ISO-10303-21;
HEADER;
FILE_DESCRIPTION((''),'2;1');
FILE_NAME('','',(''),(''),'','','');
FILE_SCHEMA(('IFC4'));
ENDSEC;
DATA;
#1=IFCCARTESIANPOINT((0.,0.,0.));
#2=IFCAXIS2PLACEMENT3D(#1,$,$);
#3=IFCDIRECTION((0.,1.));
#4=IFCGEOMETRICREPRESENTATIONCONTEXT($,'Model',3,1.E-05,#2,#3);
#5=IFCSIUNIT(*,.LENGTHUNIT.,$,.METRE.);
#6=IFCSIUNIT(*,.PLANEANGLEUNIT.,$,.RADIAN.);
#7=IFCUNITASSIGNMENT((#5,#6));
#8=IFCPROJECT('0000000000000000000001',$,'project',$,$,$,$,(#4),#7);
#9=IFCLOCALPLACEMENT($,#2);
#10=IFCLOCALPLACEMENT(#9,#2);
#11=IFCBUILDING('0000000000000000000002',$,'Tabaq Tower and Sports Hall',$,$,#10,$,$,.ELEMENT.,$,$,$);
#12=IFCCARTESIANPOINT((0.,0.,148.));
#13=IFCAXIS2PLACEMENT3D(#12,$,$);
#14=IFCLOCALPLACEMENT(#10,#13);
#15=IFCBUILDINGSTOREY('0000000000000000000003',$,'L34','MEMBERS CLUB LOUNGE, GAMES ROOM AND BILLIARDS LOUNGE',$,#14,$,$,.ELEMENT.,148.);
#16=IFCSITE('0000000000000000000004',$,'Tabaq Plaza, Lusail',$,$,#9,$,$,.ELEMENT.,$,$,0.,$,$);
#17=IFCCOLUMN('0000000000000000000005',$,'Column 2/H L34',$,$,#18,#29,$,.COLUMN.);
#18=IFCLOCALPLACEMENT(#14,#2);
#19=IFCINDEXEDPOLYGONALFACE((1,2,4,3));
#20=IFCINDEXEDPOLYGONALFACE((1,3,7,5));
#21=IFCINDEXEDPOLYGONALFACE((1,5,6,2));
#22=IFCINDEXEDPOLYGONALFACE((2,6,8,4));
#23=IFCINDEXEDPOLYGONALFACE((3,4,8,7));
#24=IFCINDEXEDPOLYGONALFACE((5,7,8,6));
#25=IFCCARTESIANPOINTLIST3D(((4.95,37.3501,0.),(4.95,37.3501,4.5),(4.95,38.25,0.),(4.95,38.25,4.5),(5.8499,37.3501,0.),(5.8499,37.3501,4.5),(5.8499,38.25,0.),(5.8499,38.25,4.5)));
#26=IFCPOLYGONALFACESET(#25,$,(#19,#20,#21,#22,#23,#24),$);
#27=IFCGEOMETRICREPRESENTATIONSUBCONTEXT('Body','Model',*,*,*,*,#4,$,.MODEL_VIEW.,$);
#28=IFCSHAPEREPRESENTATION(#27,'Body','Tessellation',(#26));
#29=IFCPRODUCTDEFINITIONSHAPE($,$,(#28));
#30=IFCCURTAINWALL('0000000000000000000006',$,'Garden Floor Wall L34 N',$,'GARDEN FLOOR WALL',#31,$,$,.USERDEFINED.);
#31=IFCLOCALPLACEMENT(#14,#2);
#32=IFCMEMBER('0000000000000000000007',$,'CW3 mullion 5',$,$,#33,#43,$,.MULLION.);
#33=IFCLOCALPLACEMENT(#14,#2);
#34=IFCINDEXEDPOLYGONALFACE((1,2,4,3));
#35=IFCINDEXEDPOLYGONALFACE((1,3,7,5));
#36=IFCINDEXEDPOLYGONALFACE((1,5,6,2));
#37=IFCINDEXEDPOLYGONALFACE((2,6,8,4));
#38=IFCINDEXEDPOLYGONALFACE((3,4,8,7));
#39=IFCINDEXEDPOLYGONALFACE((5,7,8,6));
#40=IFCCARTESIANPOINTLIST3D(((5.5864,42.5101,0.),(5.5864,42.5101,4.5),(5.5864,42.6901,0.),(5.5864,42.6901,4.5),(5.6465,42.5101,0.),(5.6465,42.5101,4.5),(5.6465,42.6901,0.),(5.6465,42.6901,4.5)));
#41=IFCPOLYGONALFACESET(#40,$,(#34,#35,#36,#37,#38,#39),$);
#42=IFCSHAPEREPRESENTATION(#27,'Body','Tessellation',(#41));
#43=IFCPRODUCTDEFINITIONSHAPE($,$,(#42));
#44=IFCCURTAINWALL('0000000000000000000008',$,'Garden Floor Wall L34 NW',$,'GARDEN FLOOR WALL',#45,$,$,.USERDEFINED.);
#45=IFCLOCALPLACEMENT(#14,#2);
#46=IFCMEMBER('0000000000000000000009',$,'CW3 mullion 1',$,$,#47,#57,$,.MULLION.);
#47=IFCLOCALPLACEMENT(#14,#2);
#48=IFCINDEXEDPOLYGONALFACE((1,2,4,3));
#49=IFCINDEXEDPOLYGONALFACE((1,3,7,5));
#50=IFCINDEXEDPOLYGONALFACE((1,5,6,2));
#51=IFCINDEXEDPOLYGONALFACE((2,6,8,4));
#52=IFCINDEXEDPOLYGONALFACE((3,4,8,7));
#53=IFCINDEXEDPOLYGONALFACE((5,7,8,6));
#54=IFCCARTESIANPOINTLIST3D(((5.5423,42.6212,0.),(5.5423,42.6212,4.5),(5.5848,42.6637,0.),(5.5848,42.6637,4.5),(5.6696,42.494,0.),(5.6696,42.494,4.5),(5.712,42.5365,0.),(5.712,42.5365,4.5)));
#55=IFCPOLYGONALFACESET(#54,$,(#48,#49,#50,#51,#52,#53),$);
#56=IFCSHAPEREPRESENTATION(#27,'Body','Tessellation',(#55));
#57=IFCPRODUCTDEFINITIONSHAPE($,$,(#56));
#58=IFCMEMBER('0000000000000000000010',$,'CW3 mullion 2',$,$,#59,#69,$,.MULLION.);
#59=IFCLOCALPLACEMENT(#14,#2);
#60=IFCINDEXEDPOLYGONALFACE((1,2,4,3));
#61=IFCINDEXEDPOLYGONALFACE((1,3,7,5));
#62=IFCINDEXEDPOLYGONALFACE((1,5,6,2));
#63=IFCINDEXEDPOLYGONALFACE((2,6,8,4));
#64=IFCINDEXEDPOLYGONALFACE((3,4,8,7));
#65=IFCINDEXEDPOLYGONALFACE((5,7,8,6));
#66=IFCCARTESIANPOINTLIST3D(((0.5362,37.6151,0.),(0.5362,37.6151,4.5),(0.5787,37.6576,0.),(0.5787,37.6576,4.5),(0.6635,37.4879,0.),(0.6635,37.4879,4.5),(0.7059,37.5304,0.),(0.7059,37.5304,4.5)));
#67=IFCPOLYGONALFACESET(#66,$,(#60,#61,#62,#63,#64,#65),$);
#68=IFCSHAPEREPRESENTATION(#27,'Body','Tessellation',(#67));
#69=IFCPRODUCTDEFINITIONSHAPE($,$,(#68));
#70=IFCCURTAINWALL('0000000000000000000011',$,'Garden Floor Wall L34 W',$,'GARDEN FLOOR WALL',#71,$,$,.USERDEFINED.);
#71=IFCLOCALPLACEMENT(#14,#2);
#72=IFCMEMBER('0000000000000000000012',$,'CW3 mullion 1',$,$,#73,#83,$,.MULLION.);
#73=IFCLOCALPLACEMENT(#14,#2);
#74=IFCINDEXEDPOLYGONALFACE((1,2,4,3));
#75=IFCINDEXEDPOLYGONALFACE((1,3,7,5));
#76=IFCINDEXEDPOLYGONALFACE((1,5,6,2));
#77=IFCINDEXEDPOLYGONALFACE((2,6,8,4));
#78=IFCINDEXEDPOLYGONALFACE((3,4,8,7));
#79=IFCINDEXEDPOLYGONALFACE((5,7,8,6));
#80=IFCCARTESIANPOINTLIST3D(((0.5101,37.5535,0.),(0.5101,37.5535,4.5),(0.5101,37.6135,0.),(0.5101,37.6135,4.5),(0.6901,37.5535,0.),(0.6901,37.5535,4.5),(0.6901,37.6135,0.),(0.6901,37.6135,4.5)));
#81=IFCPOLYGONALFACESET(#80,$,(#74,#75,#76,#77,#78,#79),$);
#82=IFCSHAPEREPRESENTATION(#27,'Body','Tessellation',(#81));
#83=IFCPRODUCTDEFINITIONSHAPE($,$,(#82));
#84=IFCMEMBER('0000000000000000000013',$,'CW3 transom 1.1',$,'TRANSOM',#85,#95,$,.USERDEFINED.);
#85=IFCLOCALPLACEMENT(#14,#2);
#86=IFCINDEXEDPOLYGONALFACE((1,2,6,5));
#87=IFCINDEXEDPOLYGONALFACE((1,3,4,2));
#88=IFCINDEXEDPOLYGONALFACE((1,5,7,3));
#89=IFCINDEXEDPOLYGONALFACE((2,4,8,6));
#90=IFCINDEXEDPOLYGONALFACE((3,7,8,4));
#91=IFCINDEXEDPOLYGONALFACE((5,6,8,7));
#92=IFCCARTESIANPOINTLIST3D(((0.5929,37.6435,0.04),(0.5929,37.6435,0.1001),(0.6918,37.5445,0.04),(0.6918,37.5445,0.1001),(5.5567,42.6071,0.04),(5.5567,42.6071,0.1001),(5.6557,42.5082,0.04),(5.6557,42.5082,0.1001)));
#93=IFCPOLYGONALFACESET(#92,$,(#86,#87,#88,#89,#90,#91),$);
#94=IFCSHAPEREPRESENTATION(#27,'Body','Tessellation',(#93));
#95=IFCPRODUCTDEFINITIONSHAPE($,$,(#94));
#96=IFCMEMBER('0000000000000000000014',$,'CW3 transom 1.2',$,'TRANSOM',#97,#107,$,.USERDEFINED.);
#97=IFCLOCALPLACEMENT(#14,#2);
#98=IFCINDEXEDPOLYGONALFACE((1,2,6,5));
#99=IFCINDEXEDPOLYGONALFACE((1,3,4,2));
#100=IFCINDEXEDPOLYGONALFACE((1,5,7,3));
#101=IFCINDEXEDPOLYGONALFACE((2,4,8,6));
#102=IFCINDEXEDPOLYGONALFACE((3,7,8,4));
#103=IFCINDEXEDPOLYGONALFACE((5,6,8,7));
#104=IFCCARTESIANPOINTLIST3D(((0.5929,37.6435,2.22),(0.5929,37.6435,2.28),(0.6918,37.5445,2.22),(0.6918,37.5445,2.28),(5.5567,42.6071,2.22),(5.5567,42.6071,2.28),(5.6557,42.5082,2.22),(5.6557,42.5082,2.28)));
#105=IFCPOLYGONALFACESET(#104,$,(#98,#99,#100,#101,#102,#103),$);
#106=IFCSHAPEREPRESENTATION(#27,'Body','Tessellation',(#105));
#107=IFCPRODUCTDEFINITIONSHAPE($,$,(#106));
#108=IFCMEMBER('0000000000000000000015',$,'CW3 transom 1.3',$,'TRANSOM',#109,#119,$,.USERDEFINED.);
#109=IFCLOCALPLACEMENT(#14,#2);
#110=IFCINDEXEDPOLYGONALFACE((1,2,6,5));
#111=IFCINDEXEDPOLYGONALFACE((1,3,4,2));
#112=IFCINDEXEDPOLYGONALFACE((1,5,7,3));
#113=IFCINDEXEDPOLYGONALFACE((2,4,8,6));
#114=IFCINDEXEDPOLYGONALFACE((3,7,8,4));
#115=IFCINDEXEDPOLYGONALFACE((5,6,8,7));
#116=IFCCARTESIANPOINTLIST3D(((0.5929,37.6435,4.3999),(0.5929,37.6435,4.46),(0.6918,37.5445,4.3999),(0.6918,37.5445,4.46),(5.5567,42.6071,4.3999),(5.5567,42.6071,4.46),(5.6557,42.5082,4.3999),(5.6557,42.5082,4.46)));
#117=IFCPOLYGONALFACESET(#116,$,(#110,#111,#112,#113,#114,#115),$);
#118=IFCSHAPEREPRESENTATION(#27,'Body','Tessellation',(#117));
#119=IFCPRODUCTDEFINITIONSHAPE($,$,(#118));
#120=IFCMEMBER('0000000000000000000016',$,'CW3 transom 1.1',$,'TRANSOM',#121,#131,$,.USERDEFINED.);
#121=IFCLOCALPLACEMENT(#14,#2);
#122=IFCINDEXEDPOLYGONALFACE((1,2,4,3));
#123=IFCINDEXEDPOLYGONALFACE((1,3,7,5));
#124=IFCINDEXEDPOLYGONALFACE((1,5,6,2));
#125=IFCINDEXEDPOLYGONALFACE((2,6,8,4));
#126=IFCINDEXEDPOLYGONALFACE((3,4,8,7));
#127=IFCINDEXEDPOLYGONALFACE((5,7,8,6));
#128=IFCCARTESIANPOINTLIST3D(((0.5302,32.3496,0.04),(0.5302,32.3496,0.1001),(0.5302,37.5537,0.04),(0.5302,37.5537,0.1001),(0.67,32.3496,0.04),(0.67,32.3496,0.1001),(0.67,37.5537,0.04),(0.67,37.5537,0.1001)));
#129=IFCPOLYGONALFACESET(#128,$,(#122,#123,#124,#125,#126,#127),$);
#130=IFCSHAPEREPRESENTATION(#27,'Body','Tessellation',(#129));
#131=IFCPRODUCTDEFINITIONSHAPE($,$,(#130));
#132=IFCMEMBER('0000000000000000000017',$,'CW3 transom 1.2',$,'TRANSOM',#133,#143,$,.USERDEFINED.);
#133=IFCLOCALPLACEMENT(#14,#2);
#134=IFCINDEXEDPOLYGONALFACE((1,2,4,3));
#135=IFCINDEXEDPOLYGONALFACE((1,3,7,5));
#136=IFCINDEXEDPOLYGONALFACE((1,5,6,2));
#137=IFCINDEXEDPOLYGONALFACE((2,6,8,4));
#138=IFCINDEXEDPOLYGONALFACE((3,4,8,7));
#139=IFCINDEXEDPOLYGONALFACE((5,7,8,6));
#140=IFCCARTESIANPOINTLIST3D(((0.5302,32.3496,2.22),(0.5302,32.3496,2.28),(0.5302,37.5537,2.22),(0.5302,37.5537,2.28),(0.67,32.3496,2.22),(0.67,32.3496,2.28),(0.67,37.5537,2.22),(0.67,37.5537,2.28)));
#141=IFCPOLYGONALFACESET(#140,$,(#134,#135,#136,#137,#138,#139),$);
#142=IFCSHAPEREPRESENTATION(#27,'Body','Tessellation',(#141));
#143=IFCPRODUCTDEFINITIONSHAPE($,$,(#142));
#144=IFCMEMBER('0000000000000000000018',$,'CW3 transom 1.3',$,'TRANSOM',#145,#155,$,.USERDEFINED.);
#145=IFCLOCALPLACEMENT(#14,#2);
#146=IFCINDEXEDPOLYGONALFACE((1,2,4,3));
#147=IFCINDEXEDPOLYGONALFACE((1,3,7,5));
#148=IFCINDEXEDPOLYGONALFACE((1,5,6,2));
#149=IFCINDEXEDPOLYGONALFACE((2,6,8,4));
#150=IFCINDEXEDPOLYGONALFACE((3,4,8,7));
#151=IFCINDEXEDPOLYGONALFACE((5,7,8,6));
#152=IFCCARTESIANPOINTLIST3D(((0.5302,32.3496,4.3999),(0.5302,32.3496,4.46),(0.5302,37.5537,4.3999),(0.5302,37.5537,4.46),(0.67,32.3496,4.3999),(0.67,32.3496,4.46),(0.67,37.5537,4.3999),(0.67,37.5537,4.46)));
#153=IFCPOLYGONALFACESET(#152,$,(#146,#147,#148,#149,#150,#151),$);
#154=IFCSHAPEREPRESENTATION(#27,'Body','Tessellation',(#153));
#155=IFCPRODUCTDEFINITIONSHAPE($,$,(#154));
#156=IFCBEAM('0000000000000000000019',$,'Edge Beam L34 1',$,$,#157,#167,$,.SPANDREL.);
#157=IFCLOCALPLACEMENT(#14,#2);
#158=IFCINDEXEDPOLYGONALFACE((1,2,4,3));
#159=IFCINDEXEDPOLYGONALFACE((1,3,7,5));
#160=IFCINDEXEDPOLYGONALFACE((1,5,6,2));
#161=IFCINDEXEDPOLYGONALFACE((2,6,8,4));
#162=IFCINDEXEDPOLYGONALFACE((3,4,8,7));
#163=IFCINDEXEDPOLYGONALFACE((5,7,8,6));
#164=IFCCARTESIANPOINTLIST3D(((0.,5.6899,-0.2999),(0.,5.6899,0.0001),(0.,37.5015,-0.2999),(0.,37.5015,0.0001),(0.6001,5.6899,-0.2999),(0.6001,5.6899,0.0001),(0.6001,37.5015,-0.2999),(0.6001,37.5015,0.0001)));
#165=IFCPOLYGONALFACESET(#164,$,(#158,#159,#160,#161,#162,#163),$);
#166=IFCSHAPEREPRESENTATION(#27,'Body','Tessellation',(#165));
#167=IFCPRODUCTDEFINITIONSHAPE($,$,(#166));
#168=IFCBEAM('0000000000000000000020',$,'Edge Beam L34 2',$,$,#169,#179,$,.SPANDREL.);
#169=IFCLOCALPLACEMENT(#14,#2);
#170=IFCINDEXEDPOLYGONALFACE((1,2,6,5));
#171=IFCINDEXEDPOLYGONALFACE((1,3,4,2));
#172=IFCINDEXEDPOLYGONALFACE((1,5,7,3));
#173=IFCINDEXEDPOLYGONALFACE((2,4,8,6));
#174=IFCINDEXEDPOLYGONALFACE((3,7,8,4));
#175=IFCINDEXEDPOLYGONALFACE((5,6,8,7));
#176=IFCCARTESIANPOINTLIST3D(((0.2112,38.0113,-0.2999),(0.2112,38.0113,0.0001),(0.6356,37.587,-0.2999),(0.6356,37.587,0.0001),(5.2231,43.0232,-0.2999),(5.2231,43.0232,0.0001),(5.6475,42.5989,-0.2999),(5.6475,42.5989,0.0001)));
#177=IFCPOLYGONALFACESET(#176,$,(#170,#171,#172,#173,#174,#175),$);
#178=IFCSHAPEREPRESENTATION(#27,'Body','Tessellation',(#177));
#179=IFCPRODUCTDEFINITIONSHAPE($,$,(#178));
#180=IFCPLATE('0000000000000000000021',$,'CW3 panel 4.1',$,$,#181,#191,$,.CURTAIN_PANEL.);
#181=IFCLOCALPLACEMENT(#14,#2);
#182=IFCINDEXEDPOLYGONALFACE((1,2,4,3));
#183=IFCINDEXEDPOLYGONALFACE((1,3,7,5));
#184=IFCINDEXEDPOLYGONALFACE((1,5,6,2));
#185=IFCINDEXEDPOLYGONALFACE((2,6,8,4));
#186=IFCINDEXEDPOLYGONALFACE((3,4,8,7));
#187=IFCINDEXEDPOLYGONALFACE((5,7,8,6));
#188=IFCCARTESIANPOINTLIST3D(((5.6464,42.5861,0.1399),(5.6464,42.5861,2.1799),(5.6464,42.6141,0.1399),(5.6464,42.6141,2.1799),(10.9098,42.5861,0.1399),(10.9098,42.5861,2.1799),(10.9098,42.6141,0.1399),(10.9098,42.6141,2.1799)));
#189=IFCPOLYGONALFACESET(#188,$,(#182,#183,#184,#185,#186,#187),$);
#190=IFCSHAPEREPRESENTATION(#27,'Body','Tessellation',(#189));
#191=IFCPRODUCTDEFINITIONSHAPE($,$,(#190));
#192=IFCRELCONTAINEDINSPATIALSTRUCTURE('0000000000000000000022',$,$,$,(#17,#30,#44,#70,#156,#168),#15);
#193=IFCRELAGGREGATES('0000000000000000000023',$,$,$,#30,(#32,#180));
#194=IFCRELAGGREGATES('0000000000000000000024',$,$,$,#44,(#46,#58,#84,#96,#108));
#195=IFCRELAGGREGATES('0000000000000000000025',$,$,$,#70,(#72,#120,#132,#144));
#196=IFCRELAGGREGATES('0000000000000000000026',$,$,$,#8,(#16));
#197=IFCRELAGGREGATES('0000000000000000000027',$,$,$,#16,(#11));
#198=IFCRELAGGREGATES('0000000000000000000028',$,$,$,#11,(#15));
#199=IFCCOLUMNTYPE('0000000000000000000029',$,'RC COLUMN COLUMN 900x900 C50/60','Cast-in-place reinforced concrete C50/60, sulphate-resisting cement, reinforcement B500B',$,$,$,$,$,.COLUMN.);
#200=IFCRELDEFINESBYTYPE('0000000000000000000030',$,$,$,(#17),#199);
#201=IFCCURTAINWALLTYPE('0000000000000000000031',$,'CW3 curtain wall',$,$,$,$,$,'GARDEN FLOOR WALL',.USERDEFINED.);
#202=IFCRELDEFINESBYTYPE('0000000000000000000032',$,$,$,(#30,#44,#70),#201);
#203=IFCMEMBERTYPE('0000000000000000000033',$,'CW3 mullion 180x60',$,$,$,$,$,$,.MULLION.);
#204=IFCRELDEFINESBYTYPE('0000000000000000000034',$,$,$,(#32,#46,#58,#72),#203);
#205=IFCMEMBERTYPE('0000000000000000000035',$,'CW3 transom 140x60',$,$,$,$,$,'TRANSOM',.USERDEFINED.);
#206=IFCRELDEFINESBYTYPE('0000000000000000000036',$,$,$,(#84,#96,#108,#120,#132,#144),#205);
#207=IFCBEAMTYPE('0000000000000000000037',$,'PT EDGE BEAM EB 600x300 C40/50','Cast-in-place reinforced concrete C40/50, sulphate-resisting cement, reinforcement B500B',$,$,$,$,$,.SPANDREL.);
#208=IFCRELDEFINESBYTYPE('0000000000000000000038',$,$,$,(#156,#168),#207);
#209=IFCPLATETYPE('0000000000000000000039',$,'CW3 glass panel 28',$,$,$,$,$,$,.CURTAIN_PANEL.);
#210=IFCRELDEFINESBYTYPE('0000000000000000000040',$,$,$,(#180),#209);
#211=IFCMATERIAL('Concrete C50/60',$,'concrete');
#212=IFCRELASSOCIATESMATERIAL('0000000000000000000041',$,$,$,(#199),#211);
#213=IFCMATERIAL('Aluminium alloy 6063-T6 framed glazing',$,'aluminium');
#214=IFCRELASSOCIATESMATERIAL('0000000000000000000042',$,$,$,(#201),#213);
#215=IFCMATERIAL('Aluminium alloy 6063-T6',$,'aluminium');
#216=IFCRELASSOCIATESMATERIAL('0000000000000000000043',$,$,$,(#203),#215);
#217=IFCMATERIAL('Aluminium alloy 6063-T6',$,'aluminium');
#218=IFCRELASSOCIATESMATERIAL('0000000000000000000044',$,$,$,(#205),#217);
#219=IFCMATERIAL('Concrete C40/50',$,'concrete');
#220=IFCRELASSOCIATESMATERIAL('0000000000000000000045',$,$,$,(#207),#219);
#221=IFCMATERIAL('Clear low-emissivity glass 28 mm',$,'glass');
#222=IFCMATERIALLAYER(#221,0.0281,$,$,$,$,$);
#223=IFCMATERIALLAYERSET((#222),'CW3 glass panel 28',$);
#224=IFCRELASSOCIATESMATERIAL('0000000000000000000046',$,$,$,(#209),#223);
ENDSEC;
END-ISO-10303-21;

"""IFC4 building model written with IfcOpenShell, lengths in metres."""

from ifc_helpers import new_model, si_unit, direction, frame, origin, origin_2d, place, context, subcontext, project, spatial, rectangle, extrude, material, layer, layer_set, material_profile, profile_set, type_object, element, aggregate, save


model = new_model("IFC4")

# Units and contexts
model_context = context("Model", 3, precision=1e-05, world=origin(), true_north=direction((0.0, 1.0)))
body_context = subcontext(model_context, "Body", "Model", "MODEL_VIEW")
ifc_project = project(units=[si_unit("LENGTHUNIT", "METRE"), si_unit("PLANEANGLEUNIT", "RADIAN")], contexts=[model_context])

# Site, building, storey
site_placement = place(None, origin())
site = spatial("IfcSite", under=ifc_project, at=site_placement, Name="Tabaq Plaza, Lusail", CompositionType="ELEMENT", RefElevation=0.0)
building_placement = place(site_placement, origin())
building = spatial("IfcBuilding", under=site, at=building_placement, Name="Tabaq Tower and Sports Hall", CompositionType="ELEMENT")
storey_placement = place(building_placement, frame((0.0, 0.0, 148.0)))
storey = spatial("IfcBuildingStorey", under=building, at=storey_placement, Name="L34", Description="MEMBERS CLUB LOUNGE, GAMES ROOM AND BILLIARDS LOUNGE", CompositionType="ELEMENT", Elevation=148.0)

# Column
ifc_material_1 = material(Name="Concrete C50/60", Category="concrete")
ifc_material_profile_1 = material_profile(ifc_material_1, rectangle(XDim=0.8999, YDim=0.8999, at=origin_2d()), Name="COLUMN 900x900")
ifc_profile_set_1 = profile_set([ifc_material_profile_1], Name="Concrete C50/60")
column_type = type_object("IfcColumnType", Name="RC COLUMN COLUMN 900x900 C50/60", Description="Cast-in-place reinforced concrete C50/60, sulphate-resisting cement, reinforcement B500B", PredefinedType="COLUMN", material=ifc_profile_set_1)
column_placement = place(storey_placement, frame((5.3999, 37.8, 0.0), z_axis=(0.0, 0.0, 1.0), x_axis=(1.0, 0.0, 0.0)))
element("IfcColumn", 1, at=column_placement, inside=storey, type_object=column_type, Name="Column 2/H L34", PredefinedType="COLUMN", context=body_context, shape_type="SweptSolid", body=[
    extrude(rectangle(XDim=0.8999, YDim=0.8999, at=origin_2d()), origin(), (0.0, 0.0, 1.0), 4.5),
])

# Curtain wall, member
ifc_material_2 = material(Name="Aluminium alloy 6063-T6 framed glazing", Category="aluminium")
curtain_wall_type = type_object("IfcCurtainWallType", Name="CW3 curtain wall", ElementType="GARDEN FLOOR WALL", PredefinedType="USERDEFINED", material=ifc_material_2)
curtain_wall_1_placement = place(storey_placement, origin())
curtain_wall_1 = element("IfcCurtainWall", 2, at=curtain_wall_1_placement, inside=storey, type_object=curtain_wall_type, Name="Garden Floor Wall L34 N", ObjectType="GARDEN FLOOR WALL", PredefinedType="USERDEFINED")
ifc_material_3 = material(Name="Aluminium alloy 6063-T6", Category="aluminium")
ifc_material_profile_2 = material_profile(ifc_material_3, rectangle(XDim=0.1799, YDim=0.0601, at=origin_2d()), Name="MULLION 180x60")
ifc_profile_set_2 = profile_set([ifc_material_profile_2], Name="Aluminium alloy 6063-T6")
member_type_1 = type_object("IfcMemberType", Name="CW3 mullion 180x60", PredefinedType="MULLION", material=ifc_profile_set_2)
member_1_placement = place(storey_placement, frame((5.6165, 42.6001, 0.0), z_axis=(0.0, 0.0, 1.0), x_axis=(0.0, -1.0, 0.0)))
member_1 = element("IfcMember", 3, at=member_1_placement, type_object=member_type_1, Name="CW3 mullion 5", PredefinedType="MULLION", context=body_context, shape_type="SweptSolid", body=[
    extrude(rectangle(XDim=0.1799, YDim=0.0601, at=origin_2d()), origin(), (0.0, 0.0, 1.0), 4.5),
])

# Curtain wall, members
curtain_wall_2_placement = place(storey_placement, origin())
curtain_wall_2 = element("IfcCurtainWall", 4, at=curtain_wall_2_placement, inside=storey, type_object=curtain_wall_type, Name="Garden Floor Wall L34 NW", ObjectType="GARDEN FLOOR WALL", PredefinedType="USERDEFINED")
member_2_placement = place(storey_placement, frame((5.6272, 42.5789, 0.0), z_axis=(0.0, 0.0, 1.0), x_axis=(0.707107, -0.707107, 0.0)))
member_2 = element("IfcMember", 5, at=member_2_placement, type_object=member_type_1, Name="CW3 mullion 1", PredefinedType="MULLION", context=body_context, shape_type="SweptSolid", body=[
    extrude(rectangle(XDim=0.1799, YDim=0.0601, at=origin_2d()), origin(), (0.0, 0.0, 1.0), 4.5),
])
member_3_placement = place(storey_placement, frame((0.6211, 37.5728, 0.0), z_axis=(0.0, 0.0, 1.0), x_axis=(0.707107, -0.707107, 0.0)))
member_3 = element("IfcMember", 6, at=member_3_placement, type_object=member_type_1, Name="CW3 mullion 2", PredefinedType="MULLION", context=body_context, shape_type="SweptSolid", body=[
    extrude(rectangle(XDim=0.1799, YDim=0.0601, at=origin_2d()), origin(), (0.0, 0.0, 1.0), 4.5),
])

# Curtain wall, member
curtain_wall_3_placement = place(storey_placement, origin())
curtain_wall_3 = element("IfcCurtainWall", 7, at=curtain_wall_3_placement, inside=storey, type_object=curtain_wall_type, Name="Garden Floor Wall L34 W", ObjectType="GARDEN FLOOR WALL", PredefinedType="USERDEFINED")
member_4_placement = place(storey_placement, frame((0.6001, 37.5835, 0.0), z_axis=(0.0, 0.0, 1.0), x_axis=(1.0, 0.0, 0.0)))
member_4 = element("IfcMember", 8, at=member_4_placement, type_object=member_type_1, Name="CW3 mullion 1", PredefinedType="MULLION", context=body_context, shape_type="SweptSolid", body=[
    extrude(rectangle(XDim=0.1799, YDim=0.0601, at=origin_2d()), origin(), (0.0, 0.0, 1.0), 4.5),
])

# Members
ifc_material_4 = material(Name="Aluminium alloy 6063-T6", Category="aluminium")
ifc_material_profile_3 = material_profile(ifc_material_4, rectangle(XDim=0.1399, YDim=0.0601, at=origin_2d()), Name="TRANSOM 140x60")
ifc_profile_set_3 = profile_set([ifc_material_profile_3], Name="Aluminium alloy 6063-T6")
member_type_2 = type_object("IfcMemberType", Name="CW3 transom 140x60", ElementType="TRANSOM", PredefinedType="USERDEFINED", material=ifc_profile_set_3)
member_5_placement = place(storey_placement, frame((5.6062, 42.5576, 0.0701), z_axis=(-0.707124, -0.707089, 0.0), x_axis=(0.707089, -0.707124, 0.0)))
member_5 = element("IfcMember", 9, at=member_5_placement, type_object=member_type_2, Name="CW3 transom 1.1", ObjectType="TRANSOM", PredefinedType="USERDEFINED", context=body_context, shape_type="SweptSolid", body=[
    extrude(rectangle(XDim=0.1399, YDim=0.0601, at=origin_2d()), origin(), (0.0, 0.0, 1.0), 7.0198),
])
member_6_placement = place(storey_placement, frame((5.6062, 42.5576, 2.25), z_axis=(-0.707124, -0.707089, 0.0), x_axis=(0.707089, -0.707124, 0.0)))
member_6 = element("IfcMember", 10, at=member_6_placement, type_object=member_type_2, Name="CW3 transom 1.2", ObjectType="TRANSOM", PredefinedType="USERDEFINED", context=body_context, shape_type="SweptSolid", body=[
    extrude(rectangle(XDim=0.1399, YDim=0.0601, at=origin_2d()), origin(), (0.0, 0.0, 1.0), 7.0198),
])
member_7_placement = place(storey_placement, frame((5.6062, 42.5576, 4.4299), z_axis=(-0.707124, -0.707089, 0.0), x_axis=(0.707089, -0.707124, 0.0)))
member_7 = element("IfcMember", 11, at=member_7_placement, type_object=member_type_2, Name="CW3 transom 1.3", ObjectType="TRANSOM", PredefinedType="USERDEFINED", context=body_context, shape_type="SweptSolid", body=[
    extrude(rectangle(XDim=0.1399, YDim=0.0601, at=origin_2d()), origin(), (0.0, 0.0, 1.0), 7.0198),
])
member_8_placement = place(storey_placement, frame((0.6001, 37.5537, 0.0701), z_axis=(0.0, -1.0, 0.0), x_axis=(1.0, 0.0, 0.0)))
member_8 = element("IfcMember", 12, at=member_8_placement, type_object=member_type_2, Name="CW3 transom 1.1", ObjectType="TRANSOM", PredefinedType="USERDEFINED", context=body_context, shape_type="SweptSolid", body=[
    extrude(rectangle(XDim=0.1399, YDim=0.0601, at=origin_2d()), origin(), (0.0, 0.0, 1.0), 5.2041),
])
member_9_placement = place(storey_placement, frame((0.6001, 37.5537, 2.25), z_axis=(0.0, -1.0, 0.0), x_axis=(1.0, 0.0, 0.0)))
member_9 = element("IfcMember", 13, at=member_9_placement, type_object=member_type_2, Name="CW3 transom 1.2", ObjectType="TRANSOM", PredefinedType="USERDEFINED", context=body_context, shape_type="SweptSolid", body=[
    extrude(rectangle(XDim=0.1399, YDim=0.0601, at=origin_2d()), origin(), (0.0, 0.0, 1.0), 5.2041),
])
member_10_placement = place(storey_placement, frame((0.6001, 37.5537, 4.4299), z_axis=(0.0, -1.0, 0.0), x_axis=(1.0, 0.0, 0.0)))
member_10 = element("IfcMember", 14, at=member_10_placement, type_object=member_type_2, Name="CW3 transom 1.3", ObjectType="TRANSOM", PredefinedType="USERDEFINED", context=body_context, shape_type="SweptSolid", body=[
    extrude(rectangle(XDim=0.1399, YDim=0.0601, at=origin_2d()), origin(), (0.0, 0.0, 1.0), 5.2041),
])

# Beams
ifc_material_5 = material(Name="Concrete C40/50", Category="concrete")
ifc_material_profile_4 = material_profile(ifc_material_5, rectangle(XDim=0.6001, YDim=0.3, at=origin_2d()), Name="EB 600x300")
ifc_profile_set_4 = profile_set([ifc_material_profile_4], Name="Concrete C40/50")
beam_type = type_object("IfcBeamType", Name="PT EDGE BEAM EB 600x300 C40/50", Description="Cast-in-place reinforced concrete C40/50, sulphate-resisting cement, reinforcement B500B", PredefinedType="SPANDREL", material=ifc_profile_set_4)
beam_1_placement = place(storey_placement, frame((0.3, 37.5015, -0.1499), z_axis=(0.0, -1.0, 0.0), x_axis=(1.0, 0.0, 0.0)))
element("IfcBeam", 15, at=beam_1_placement, inside=storey, type_object=beam_type, Name="Edge Beam L34 1", PredefinedType="SPANDREL", context=body_context, shape_type="SweptSolid", body=[
    extrude(rectangle(XDim=0.6001, YDim=0.3, at=origin_2d()), origin(), (0.0, 0.0, 1.0), 31.8115),
])
beam_2_placement = place(storey_placement, frame((5.4353, 42.811, -0.1499), z_axis=(-0.707107, -0.707107, 0.0), x_axis=(0.707107, -0.707107, 0.0)))
element("IfcBeam", 16, at=beam_2_placement, inside=storey, type_object=beam_type, Name="Edge Beam L34 2", PredefinedType="SPANDREL", context=body_context, shape_type="SweptSolid", body=[
    extrude(rectangle(XDim=0.6001, YDim=0.3, at=origin_2d()), origin(), (0.0, 0.0, 1.0), 7.0879),
])

# Plate
ifc_material_6 = material(Name="Clear low-emissivity glass 28 mm", Category="glass")
ifc_layer_1 = layer(ifc_material_6, 0.0281)
ifc_layer_set_1 = layer_set([ifc_layer_1], Name="CW3 glass panel 28")
plate_type = type_object("IfcPlateType", Name="CW3 glass panel 28", PredefinedType="CURTAIN_PANEL", material=ifc_layer_set_1)
plate_1_placement = place(storey_placement, frame((8.2781, 42.6001, 0.1399), z_axis=(0.0, 0.0, 1.0), x_axis=(-1.0, 0.0, 0.0)))
plate_1 = element("IfcPlate", 17, at=plate_1_placement, type_object=plate_type, Name="CW3 panel 4.1", PredefinedType="CURTAIN_PANEL", context=body_context, shape_type="SweptSolid", body=[
    extrude(rectangle(XDim=5.2634, YDim=0.0281, at=origin_2d()), origin(), (0.0, 0.0, 1.0), 2.04),
])
aggregate(curtain_wall_1, [member_1, plate_1])
aggregate(curtain_wall_2, [member_2, member_3, member_5, member_6, member_7])
aggregate(curtain_wall_3, [member_4, member_8, member_9, member_10])

save(model, "model.ifc")
